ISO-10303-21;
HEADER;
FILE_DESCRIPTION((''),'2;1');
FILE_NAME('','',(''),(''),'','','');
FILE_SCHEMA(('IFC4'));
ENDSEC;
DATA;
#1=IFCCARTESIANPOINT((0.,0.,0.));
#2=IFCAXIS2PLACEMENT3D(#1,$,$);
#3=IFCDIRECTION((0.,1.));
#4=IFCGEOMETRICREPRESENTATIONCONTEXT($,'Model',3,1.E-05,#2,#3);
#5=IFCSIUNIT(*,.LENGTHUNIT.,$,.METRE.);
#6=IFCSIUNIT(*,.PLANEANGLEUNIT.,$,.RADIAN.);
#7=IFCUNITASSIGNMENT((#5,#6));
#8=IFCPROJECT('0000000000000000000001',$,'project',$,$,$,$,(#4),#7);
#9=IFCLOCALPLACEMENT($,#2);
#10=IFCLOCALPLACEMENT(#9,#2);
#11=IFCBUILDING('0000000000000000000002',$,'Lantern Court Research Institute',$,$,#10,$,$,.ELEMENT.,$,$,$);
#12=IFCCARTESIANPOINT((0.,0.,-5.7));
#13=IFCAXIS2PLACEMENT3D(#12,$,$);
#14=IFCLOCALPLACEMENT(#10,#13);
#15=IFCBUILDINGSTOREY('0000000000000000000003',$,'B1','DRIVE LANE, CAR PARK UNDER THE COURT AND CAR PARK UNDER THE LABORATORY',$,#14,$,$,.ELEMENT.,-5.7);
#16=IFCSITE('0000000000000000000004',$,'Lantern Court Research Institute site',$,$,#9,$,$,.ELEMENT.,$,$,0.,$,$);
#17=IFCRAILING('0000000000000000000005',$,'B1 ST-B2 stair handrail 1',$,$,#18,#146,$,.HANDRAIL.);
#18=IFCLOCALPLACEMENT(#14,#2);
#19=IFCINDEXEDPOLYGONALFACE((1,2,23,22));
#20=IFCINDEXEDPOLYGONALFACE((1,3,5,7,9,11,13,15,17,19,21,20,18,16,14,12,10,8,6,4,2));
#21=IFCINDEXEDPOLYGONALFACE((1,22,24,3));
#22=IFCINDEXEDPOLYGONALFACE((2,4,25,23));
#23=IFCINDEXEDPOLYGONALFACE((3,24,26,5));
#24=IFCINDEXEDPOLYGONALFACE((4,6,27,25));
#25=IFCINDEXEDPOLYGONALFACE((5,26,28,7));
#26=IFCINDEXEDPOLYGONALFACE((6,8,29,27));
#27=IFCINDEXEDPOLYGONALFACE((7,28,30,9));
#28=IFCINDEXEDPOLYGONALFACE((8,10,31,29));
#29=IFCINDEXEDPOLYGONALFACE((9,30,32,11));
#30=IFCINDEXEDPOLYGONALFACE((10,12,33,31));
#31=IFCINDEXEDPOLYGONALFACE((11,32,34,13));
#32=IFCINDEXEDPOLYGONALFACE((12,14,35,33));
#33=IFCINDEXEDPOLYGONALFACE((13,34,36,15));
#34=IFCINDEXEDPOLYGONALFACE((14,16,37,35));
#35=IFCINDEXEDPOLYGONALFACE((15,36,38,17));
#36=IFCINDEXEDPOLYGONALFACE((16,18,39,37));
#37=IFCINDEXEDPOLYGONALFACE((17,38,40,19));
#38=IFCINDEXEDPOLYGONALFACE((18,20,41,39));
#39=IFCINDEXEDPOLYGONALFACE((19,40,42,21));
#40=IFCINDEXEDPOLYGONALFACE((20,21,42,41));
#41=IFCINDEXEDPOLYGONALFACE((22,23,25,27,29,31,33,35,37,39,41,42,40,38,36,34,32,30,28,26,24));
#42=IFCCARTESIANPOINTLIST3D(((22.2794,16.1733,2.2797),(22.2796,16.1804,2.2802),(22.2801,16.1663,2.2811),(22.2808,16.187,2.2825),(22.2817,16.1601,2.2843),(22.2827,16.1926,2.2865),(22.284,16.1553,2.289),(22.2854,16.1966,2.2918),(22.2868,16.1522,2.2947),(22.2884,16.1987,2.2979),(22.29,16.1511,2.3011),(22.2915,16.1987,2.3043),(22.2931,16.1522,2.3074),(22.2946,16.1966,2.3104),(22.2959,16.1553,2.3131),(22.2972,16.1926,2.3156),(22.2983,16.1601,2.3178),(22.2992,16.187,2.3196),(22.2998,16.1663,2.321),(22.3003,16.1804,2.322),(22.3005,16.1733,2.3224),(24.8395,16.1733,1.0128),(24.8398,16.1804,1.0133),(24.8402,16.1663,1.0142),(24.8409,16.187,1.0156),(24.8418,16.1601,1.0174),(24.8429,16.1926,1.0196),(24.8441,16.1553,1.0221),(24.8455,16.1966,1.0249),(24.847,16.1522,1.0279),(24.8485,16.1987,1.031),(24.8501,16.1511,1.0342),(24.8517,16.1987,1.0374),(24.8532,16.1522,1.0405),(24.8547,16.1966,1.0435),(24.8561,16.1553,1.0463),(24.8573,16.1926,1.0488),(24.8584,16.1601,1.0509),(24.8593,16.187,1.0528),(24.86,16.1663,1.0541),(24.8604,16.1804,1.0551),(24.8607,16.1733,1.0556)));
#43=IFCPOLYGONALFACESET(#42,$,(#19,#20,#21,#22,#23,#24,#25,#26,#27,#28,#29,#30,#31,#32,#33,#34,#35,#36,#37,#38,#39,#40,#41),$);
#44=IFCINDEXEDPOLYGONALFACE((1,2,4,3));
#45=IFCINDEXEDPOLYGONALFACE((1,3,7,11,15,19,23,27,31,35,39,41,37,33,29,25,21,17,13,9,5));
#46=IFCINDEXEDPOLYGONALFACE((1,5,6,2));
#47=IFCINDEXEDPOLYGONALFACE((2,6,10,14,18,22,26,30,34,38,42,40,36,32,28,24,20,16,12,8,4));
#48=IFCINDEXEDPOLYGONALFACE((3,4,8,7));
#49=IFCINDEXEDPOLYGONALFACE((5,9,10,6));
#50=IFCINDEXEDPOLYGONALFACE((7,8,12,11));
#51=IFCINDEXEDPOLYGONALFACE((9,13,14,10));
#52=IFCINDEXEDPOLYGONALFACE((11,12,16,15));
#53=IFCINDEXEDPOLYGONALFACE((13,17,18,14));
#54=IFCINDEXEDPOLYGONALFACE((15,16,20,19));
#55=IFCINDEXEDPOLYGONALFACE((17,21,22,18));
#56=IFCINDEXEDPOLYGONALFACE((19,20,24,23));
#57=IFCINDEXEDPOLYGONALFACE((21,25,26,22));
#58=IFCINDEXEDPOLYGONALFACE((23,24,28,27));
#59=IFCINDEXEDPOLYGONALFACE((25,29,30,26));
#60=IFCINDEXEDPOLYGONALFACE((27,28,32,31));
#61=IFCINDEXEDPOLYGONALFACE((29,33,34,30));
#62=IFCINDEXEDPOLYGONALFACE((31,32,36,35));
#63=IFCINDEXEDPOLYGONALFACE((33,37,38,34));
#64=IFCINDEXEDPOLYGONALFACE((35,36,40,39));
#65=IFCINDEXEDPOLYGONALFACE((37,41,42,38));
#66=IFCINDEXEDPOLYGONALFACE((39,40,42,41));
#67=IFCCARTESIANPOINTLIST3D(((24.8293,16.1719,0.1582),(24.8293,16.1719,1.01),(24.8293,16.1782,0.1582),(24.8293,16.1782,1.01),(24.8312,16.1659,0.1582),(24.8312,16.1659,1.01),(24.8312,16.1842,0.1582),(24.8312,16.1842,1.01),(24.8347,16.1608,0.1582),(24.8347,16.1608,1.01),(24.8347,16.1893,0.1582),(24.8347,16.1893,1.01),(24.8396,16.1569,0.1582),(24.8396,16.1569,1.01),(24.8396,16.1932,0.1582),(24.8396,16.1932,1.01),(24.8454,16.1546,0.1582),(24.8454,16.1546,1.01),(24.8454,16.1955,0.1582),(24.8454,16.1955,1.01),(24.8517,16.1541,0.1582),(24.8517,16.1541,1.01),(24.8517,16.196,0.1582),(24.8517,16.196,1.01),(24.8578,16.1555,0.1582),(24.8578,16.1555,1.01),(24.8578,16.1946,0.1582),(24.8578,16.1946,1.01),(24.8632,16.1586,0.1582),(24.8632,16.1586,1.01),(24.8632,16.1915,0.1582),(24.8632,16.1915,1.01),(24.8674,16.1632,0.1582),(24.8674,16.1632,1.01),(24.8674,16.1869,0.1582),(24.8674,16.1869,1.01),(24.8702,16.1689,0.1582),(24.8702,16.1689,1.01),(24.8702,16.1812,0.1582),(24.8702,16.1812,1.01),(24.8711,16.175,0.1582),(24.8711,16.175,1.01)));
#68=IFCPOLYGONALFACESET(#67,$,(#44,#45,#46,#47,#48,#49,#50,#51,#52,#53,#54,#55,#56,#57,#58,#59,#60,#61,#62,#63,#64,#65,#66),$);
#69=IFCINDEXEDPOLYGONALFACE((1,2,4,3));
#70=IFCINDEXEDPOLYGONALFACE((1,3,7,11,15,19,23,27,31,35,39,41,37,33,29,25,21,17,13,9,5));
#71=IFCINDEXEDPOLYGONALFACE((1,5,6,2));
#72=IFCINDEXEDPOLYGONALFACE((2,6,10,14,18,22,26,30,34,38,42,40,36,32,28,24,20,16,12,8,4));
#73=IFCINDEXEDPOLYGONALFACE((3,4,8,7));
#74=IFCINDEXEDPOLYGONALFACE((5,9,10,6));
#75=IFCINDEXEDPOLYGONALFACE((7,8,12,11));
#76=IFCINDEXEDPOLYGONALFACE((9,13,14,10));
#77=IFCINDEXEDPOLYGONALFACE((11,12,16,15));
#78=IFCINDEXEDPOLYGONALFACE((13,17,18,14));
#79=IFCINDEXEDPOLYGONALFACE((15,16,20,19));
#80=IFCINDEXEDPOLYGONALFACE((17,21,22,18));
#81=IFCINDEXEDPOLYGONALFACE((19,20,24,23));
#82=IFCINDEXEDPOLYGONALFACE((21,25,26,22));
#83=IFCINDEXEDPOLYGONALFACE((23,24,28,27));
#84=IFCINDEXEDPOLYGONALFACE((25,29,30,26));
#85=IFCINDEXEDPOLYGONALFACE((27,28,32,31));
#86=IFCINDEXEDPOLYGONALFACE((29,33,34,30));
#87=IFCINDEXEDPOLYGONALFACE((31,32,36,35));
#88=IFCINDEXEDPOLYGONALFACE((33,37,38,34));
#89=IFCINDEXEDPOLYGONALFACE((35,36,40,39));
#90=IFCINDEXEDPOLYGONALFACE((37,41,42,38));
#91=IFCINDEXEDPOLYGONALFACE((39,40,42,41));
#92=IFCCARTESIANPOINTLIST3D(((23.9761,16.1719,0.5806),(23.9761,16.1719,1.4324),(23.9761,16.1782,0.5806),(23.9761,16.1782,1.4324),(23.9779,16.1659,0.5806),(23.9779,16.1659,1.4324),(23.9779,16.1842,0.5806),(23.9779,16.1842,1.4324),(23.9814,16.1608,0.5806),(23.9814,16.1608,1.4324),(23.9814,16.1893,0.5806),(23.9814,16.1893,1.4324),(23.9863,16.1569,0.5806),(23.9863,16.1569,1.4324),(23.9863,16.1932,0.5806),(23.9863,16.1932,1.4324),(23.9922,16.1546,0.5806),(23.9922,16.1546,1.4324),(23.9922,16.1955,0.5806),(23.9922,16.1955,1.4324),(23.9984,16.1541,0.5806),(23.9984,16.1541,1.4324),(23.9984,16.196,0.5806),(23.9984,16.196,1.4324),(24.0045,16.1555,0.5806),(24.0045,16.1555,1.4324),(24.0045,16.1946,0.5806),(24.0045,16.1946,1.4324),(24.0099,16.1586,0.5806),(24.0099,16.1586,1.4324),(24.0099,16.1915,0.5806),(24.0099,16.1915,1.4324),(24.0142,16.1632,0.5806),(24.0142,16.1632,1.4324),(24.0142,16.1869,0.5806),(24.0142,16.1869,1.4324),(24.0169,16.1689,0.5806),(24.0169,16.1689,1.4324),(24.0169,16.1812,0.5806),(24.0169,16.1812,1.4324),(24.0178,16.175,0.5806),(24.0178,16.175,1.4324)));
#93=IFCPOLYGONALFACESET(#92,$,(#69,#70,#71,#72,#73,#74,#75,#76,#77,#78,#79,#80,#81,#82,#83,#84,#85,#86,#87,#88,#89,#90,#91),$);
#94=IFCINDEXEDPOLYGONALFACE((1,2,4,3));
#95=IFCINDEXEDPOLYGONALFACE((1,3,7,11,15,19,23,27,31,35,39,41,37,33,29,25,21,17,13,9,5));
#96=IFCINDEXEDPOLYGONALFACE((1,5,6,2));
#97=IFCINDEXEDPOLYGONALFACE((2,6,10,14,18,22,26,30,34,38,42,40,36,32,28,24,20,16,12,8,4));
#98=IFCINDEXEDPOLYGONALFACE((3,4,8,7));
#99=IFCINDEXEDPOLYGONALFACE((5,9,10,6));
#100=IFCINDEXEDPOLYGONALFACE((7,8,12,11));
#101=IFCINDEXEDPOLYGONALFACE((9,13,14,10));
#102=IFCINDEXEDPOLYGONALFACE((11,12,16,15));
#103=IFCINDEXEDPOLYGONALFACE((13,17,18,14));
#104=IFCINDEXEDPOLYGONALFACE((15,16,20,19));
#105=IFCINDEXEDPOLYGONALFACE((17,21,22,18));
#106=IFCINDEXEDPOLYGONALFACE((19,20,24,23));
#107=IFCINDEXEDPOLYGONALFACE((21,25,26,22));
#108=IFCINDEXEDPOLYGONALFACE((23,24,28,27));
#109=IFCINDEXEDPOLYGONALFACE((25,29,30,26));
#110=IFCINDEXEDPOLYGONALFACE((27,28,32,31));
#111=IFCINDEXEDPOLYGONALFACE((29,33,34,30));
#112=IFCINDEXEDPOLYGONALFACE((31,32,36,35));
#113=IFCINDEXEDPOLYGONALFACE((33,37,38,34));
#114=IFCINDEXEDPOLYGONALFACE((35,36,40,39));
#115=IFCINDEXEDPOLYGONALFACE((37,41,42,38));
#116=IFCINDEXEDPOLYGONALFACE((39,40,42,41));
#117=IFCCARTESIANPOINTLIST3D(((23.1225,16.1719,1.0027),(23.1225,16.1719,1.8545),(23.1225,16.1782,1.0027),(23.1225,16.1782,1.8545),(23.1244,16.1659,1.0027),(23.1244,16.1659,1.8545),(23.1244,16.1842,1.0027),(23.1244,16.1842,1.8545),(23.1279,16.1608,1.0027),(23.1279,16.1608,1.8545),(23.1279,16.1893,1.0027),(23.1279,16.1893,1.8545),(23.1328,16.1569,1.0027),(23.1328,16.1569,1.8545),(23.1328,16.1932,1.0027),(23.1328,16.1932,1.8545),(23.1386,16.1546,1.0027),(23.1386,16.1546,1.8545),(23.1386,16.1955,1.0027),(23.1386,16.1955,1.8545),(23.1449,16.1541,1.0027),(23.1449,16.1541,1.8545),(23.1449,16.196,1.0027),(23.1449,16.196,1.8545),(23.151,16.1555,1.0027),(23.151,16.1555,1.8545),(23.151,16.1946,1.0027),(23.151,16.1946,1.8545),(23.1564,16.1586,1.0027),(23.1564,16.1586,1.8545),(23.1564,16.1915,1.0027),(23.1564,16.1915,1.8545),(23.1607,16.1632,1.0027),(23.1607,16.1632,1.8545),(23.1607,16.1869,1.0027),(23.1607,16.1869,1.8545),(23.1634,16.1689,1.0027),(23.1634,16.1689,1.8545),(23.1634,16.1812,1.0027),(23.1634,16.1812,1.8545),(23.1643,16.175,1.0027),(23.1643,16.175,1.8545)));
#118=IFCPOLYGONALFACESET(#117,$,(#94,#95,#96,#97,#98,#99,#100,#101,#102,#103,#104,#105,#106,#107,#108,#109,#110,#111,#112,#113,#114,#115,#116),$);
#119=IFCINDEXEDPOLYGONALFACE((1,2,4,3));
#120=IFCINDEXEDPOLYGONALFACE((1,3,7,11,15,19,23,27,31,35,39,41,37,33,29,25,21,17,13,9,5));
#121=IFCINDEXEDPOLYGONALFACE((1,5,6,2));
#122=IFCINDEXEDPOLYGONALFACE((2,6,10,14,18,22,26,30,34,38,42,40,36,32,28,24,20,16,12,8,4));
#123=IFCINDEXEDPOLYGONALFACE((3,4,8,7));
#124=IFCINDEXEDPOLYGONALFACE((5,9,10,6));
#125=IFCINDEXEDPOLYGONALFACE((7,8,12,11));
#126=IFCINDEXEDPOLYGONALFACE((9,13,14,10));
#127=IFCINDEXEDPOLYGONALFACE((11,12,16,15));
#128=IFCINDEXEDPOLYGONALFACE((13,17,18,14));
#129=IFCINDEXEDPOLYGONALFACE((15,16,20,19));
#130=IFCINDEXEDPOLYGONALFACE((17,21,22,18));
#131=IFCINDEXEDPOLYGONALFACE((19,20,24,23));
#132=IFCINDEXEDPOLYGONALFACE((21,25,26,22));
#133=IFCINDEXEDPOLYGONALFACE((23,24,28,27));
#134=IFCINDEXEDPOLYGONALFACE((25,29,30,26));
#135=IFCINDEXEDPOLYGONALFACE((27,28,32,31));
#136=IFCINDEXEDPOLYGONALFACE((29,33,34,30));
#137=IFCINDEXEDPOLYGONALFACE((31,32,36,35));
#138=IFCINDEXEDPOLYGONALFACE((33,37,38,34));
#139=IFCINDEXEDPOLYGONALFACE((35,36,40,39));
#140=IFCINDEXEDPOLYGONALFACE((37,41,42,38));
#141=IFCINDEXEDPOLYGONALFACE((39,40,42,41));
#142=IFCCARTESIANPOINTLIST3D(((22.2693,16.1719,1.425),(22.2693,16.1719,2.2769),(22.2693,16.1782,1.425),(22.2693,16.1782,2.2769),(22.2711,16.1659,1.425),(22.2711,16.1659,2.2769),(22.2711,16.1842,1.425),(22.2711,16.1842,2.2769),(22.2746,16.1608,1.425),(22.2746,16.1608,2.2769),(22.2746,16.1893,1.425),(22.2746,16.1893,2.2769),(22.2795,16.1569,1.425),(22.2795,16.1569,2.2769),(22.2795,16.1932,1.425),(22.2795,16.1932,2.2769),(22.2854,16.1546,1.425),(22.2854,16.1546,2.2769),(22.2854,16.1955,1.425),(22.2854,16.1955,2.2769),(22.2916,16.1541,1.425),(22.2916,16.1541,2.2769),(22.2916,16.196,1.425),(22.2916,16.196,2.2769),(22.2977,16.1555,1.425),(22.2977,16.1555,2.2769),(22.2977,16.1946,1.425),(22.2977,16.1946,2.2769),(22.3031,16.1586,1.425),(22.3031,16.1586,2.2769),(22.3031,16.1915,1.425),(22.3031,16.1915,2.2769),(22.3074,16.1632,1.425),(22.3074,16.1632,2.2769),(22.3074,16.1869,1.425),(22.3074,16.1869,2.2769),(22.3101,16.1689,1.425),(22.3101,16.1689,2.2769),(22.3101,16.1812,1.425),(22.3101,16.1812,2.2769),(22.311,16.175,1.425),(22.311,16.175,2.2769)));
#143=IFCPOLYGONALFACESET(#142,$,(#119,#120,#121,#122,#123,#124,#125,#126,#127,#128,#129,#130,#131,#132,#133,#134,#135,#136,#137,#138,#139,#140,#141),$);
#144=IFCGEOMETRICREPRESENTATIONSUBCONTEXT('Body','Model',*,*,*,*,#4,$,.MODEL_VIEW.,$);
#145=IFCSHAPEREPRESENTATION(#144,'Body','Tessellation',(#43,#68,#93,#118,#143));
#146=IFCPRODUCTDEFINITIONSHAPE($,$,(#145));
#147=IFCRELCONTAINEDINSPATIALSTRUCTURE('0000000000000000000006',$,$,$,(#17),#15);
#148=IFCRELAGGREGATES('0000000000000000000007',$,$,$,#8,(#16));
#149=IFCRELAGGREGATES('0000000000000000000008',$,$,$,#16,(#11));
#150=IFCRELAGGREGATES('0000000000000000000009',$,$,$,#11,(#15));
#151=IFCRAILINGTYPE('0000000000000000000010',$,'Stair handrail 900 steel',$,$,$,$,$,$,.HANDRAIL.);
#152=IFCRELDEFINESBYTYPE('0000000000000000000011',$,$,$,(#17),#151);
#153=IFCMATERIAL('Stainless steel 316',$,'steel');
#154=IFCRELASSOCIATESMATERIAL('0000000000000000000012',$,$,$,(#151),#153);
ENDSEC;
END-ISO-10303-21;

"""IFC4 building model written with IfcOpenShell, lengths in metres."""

from ifc_helpers import new_model, si_unit, direction, frame, origin, origin_2d, place, context, subcontext, project, spatial, circle, extrude, material, type_object, element, save


model = new_model("IFC4")

# Units and contexts
model_context = context("Model", 3, precision=1e-05, world=origin(), true_north=direction((0.0, 1.0)))
body_context = subcontext(model_context, "Body", "Model", "MODEL_VIEW")
ifc_project = project(units=[si_unit("LENGTHUNIT", "METRE"), si_unit("PLANEANGLEUNIT", "RADIAN")], contexts=[model_context])

# Site, building, storey
site_placement = place(None, origin())
site = spatial("IfcSite", under=ifc_project, at=site_placement, Name="Lantern Court Research Institute site", CompositionType="ELEMENT", RefElevation=0.0)
building_placement = place(site_placement, origin())
building = spatial("IfcBuilding", under=site, at=building_placement, Name="Lantern Court Research Institute", CompositionType="ELEMENT")
storey_placement = place(building_placement, frame((0.0, 0.0, -5.7)))
storey = spatial("IfcBuildingStorey", under=building, at=storey_placement, Name="B1", Description="DRIVE LANE, CAR PARK UNDER THE COURT AND CAR PARK UNDER THE LABORATORY", CompositionType="ELEMENT", Elevation=-5.7)

# Railing
ifc_material_1 = material(Name="Stainless steel 316", Category="steel")
railing_type_1 = type_object("IfcRailingType", Name="Stair handrail 900 steel", PredefinedType="HANDRAIL", material=ifc_material_1)
railing_1_placement = place(storey_placement, frame((24.8501, 16.175, 0.1582)))
element("IfcRailing", 1, at=railing_1_placement, inside=storey, type_object=railing_type_1, Name="B1 ST-B2 stair handrail 1", PredefinedType="HANDRAIL", context=body_context, shape_type="SweptSolid", body=[
    extrude(circle(Radius=0.0239, at=origin_2d()), frame((0.0, 0.0, 0.876), z_axis=(-0.896266, 0.0, 0.443517), x_axis=(0.0, -1.0, 0.0)), (0.0, 0.0, 1.0), 2.8564),
    extrude(circle(Radius=0.021, at=origin_2d()), origin(), (0.0, 0.0, 1.0), 0.8518),
    extrude(circle(Radius=0.021, at=origin_2d()), frame((-0.8533, 0.0, 0.4224)), (0.0, 0.0, 1.0), 0.8518),
    extrude(circle(Radius=0.021, at=origin_2d()), frame((-1.7068, 0.0, 0.8445)), (0.0, 0.0, 1.0), 0.8518),
    extrude(circle(Radius=0.021, at=origin_2d()), frame((-2.5601, 0.0, 1.2668)), (0.0, 0.0, 1.0), 0.8518),
])

save(model, "model.ifc")
